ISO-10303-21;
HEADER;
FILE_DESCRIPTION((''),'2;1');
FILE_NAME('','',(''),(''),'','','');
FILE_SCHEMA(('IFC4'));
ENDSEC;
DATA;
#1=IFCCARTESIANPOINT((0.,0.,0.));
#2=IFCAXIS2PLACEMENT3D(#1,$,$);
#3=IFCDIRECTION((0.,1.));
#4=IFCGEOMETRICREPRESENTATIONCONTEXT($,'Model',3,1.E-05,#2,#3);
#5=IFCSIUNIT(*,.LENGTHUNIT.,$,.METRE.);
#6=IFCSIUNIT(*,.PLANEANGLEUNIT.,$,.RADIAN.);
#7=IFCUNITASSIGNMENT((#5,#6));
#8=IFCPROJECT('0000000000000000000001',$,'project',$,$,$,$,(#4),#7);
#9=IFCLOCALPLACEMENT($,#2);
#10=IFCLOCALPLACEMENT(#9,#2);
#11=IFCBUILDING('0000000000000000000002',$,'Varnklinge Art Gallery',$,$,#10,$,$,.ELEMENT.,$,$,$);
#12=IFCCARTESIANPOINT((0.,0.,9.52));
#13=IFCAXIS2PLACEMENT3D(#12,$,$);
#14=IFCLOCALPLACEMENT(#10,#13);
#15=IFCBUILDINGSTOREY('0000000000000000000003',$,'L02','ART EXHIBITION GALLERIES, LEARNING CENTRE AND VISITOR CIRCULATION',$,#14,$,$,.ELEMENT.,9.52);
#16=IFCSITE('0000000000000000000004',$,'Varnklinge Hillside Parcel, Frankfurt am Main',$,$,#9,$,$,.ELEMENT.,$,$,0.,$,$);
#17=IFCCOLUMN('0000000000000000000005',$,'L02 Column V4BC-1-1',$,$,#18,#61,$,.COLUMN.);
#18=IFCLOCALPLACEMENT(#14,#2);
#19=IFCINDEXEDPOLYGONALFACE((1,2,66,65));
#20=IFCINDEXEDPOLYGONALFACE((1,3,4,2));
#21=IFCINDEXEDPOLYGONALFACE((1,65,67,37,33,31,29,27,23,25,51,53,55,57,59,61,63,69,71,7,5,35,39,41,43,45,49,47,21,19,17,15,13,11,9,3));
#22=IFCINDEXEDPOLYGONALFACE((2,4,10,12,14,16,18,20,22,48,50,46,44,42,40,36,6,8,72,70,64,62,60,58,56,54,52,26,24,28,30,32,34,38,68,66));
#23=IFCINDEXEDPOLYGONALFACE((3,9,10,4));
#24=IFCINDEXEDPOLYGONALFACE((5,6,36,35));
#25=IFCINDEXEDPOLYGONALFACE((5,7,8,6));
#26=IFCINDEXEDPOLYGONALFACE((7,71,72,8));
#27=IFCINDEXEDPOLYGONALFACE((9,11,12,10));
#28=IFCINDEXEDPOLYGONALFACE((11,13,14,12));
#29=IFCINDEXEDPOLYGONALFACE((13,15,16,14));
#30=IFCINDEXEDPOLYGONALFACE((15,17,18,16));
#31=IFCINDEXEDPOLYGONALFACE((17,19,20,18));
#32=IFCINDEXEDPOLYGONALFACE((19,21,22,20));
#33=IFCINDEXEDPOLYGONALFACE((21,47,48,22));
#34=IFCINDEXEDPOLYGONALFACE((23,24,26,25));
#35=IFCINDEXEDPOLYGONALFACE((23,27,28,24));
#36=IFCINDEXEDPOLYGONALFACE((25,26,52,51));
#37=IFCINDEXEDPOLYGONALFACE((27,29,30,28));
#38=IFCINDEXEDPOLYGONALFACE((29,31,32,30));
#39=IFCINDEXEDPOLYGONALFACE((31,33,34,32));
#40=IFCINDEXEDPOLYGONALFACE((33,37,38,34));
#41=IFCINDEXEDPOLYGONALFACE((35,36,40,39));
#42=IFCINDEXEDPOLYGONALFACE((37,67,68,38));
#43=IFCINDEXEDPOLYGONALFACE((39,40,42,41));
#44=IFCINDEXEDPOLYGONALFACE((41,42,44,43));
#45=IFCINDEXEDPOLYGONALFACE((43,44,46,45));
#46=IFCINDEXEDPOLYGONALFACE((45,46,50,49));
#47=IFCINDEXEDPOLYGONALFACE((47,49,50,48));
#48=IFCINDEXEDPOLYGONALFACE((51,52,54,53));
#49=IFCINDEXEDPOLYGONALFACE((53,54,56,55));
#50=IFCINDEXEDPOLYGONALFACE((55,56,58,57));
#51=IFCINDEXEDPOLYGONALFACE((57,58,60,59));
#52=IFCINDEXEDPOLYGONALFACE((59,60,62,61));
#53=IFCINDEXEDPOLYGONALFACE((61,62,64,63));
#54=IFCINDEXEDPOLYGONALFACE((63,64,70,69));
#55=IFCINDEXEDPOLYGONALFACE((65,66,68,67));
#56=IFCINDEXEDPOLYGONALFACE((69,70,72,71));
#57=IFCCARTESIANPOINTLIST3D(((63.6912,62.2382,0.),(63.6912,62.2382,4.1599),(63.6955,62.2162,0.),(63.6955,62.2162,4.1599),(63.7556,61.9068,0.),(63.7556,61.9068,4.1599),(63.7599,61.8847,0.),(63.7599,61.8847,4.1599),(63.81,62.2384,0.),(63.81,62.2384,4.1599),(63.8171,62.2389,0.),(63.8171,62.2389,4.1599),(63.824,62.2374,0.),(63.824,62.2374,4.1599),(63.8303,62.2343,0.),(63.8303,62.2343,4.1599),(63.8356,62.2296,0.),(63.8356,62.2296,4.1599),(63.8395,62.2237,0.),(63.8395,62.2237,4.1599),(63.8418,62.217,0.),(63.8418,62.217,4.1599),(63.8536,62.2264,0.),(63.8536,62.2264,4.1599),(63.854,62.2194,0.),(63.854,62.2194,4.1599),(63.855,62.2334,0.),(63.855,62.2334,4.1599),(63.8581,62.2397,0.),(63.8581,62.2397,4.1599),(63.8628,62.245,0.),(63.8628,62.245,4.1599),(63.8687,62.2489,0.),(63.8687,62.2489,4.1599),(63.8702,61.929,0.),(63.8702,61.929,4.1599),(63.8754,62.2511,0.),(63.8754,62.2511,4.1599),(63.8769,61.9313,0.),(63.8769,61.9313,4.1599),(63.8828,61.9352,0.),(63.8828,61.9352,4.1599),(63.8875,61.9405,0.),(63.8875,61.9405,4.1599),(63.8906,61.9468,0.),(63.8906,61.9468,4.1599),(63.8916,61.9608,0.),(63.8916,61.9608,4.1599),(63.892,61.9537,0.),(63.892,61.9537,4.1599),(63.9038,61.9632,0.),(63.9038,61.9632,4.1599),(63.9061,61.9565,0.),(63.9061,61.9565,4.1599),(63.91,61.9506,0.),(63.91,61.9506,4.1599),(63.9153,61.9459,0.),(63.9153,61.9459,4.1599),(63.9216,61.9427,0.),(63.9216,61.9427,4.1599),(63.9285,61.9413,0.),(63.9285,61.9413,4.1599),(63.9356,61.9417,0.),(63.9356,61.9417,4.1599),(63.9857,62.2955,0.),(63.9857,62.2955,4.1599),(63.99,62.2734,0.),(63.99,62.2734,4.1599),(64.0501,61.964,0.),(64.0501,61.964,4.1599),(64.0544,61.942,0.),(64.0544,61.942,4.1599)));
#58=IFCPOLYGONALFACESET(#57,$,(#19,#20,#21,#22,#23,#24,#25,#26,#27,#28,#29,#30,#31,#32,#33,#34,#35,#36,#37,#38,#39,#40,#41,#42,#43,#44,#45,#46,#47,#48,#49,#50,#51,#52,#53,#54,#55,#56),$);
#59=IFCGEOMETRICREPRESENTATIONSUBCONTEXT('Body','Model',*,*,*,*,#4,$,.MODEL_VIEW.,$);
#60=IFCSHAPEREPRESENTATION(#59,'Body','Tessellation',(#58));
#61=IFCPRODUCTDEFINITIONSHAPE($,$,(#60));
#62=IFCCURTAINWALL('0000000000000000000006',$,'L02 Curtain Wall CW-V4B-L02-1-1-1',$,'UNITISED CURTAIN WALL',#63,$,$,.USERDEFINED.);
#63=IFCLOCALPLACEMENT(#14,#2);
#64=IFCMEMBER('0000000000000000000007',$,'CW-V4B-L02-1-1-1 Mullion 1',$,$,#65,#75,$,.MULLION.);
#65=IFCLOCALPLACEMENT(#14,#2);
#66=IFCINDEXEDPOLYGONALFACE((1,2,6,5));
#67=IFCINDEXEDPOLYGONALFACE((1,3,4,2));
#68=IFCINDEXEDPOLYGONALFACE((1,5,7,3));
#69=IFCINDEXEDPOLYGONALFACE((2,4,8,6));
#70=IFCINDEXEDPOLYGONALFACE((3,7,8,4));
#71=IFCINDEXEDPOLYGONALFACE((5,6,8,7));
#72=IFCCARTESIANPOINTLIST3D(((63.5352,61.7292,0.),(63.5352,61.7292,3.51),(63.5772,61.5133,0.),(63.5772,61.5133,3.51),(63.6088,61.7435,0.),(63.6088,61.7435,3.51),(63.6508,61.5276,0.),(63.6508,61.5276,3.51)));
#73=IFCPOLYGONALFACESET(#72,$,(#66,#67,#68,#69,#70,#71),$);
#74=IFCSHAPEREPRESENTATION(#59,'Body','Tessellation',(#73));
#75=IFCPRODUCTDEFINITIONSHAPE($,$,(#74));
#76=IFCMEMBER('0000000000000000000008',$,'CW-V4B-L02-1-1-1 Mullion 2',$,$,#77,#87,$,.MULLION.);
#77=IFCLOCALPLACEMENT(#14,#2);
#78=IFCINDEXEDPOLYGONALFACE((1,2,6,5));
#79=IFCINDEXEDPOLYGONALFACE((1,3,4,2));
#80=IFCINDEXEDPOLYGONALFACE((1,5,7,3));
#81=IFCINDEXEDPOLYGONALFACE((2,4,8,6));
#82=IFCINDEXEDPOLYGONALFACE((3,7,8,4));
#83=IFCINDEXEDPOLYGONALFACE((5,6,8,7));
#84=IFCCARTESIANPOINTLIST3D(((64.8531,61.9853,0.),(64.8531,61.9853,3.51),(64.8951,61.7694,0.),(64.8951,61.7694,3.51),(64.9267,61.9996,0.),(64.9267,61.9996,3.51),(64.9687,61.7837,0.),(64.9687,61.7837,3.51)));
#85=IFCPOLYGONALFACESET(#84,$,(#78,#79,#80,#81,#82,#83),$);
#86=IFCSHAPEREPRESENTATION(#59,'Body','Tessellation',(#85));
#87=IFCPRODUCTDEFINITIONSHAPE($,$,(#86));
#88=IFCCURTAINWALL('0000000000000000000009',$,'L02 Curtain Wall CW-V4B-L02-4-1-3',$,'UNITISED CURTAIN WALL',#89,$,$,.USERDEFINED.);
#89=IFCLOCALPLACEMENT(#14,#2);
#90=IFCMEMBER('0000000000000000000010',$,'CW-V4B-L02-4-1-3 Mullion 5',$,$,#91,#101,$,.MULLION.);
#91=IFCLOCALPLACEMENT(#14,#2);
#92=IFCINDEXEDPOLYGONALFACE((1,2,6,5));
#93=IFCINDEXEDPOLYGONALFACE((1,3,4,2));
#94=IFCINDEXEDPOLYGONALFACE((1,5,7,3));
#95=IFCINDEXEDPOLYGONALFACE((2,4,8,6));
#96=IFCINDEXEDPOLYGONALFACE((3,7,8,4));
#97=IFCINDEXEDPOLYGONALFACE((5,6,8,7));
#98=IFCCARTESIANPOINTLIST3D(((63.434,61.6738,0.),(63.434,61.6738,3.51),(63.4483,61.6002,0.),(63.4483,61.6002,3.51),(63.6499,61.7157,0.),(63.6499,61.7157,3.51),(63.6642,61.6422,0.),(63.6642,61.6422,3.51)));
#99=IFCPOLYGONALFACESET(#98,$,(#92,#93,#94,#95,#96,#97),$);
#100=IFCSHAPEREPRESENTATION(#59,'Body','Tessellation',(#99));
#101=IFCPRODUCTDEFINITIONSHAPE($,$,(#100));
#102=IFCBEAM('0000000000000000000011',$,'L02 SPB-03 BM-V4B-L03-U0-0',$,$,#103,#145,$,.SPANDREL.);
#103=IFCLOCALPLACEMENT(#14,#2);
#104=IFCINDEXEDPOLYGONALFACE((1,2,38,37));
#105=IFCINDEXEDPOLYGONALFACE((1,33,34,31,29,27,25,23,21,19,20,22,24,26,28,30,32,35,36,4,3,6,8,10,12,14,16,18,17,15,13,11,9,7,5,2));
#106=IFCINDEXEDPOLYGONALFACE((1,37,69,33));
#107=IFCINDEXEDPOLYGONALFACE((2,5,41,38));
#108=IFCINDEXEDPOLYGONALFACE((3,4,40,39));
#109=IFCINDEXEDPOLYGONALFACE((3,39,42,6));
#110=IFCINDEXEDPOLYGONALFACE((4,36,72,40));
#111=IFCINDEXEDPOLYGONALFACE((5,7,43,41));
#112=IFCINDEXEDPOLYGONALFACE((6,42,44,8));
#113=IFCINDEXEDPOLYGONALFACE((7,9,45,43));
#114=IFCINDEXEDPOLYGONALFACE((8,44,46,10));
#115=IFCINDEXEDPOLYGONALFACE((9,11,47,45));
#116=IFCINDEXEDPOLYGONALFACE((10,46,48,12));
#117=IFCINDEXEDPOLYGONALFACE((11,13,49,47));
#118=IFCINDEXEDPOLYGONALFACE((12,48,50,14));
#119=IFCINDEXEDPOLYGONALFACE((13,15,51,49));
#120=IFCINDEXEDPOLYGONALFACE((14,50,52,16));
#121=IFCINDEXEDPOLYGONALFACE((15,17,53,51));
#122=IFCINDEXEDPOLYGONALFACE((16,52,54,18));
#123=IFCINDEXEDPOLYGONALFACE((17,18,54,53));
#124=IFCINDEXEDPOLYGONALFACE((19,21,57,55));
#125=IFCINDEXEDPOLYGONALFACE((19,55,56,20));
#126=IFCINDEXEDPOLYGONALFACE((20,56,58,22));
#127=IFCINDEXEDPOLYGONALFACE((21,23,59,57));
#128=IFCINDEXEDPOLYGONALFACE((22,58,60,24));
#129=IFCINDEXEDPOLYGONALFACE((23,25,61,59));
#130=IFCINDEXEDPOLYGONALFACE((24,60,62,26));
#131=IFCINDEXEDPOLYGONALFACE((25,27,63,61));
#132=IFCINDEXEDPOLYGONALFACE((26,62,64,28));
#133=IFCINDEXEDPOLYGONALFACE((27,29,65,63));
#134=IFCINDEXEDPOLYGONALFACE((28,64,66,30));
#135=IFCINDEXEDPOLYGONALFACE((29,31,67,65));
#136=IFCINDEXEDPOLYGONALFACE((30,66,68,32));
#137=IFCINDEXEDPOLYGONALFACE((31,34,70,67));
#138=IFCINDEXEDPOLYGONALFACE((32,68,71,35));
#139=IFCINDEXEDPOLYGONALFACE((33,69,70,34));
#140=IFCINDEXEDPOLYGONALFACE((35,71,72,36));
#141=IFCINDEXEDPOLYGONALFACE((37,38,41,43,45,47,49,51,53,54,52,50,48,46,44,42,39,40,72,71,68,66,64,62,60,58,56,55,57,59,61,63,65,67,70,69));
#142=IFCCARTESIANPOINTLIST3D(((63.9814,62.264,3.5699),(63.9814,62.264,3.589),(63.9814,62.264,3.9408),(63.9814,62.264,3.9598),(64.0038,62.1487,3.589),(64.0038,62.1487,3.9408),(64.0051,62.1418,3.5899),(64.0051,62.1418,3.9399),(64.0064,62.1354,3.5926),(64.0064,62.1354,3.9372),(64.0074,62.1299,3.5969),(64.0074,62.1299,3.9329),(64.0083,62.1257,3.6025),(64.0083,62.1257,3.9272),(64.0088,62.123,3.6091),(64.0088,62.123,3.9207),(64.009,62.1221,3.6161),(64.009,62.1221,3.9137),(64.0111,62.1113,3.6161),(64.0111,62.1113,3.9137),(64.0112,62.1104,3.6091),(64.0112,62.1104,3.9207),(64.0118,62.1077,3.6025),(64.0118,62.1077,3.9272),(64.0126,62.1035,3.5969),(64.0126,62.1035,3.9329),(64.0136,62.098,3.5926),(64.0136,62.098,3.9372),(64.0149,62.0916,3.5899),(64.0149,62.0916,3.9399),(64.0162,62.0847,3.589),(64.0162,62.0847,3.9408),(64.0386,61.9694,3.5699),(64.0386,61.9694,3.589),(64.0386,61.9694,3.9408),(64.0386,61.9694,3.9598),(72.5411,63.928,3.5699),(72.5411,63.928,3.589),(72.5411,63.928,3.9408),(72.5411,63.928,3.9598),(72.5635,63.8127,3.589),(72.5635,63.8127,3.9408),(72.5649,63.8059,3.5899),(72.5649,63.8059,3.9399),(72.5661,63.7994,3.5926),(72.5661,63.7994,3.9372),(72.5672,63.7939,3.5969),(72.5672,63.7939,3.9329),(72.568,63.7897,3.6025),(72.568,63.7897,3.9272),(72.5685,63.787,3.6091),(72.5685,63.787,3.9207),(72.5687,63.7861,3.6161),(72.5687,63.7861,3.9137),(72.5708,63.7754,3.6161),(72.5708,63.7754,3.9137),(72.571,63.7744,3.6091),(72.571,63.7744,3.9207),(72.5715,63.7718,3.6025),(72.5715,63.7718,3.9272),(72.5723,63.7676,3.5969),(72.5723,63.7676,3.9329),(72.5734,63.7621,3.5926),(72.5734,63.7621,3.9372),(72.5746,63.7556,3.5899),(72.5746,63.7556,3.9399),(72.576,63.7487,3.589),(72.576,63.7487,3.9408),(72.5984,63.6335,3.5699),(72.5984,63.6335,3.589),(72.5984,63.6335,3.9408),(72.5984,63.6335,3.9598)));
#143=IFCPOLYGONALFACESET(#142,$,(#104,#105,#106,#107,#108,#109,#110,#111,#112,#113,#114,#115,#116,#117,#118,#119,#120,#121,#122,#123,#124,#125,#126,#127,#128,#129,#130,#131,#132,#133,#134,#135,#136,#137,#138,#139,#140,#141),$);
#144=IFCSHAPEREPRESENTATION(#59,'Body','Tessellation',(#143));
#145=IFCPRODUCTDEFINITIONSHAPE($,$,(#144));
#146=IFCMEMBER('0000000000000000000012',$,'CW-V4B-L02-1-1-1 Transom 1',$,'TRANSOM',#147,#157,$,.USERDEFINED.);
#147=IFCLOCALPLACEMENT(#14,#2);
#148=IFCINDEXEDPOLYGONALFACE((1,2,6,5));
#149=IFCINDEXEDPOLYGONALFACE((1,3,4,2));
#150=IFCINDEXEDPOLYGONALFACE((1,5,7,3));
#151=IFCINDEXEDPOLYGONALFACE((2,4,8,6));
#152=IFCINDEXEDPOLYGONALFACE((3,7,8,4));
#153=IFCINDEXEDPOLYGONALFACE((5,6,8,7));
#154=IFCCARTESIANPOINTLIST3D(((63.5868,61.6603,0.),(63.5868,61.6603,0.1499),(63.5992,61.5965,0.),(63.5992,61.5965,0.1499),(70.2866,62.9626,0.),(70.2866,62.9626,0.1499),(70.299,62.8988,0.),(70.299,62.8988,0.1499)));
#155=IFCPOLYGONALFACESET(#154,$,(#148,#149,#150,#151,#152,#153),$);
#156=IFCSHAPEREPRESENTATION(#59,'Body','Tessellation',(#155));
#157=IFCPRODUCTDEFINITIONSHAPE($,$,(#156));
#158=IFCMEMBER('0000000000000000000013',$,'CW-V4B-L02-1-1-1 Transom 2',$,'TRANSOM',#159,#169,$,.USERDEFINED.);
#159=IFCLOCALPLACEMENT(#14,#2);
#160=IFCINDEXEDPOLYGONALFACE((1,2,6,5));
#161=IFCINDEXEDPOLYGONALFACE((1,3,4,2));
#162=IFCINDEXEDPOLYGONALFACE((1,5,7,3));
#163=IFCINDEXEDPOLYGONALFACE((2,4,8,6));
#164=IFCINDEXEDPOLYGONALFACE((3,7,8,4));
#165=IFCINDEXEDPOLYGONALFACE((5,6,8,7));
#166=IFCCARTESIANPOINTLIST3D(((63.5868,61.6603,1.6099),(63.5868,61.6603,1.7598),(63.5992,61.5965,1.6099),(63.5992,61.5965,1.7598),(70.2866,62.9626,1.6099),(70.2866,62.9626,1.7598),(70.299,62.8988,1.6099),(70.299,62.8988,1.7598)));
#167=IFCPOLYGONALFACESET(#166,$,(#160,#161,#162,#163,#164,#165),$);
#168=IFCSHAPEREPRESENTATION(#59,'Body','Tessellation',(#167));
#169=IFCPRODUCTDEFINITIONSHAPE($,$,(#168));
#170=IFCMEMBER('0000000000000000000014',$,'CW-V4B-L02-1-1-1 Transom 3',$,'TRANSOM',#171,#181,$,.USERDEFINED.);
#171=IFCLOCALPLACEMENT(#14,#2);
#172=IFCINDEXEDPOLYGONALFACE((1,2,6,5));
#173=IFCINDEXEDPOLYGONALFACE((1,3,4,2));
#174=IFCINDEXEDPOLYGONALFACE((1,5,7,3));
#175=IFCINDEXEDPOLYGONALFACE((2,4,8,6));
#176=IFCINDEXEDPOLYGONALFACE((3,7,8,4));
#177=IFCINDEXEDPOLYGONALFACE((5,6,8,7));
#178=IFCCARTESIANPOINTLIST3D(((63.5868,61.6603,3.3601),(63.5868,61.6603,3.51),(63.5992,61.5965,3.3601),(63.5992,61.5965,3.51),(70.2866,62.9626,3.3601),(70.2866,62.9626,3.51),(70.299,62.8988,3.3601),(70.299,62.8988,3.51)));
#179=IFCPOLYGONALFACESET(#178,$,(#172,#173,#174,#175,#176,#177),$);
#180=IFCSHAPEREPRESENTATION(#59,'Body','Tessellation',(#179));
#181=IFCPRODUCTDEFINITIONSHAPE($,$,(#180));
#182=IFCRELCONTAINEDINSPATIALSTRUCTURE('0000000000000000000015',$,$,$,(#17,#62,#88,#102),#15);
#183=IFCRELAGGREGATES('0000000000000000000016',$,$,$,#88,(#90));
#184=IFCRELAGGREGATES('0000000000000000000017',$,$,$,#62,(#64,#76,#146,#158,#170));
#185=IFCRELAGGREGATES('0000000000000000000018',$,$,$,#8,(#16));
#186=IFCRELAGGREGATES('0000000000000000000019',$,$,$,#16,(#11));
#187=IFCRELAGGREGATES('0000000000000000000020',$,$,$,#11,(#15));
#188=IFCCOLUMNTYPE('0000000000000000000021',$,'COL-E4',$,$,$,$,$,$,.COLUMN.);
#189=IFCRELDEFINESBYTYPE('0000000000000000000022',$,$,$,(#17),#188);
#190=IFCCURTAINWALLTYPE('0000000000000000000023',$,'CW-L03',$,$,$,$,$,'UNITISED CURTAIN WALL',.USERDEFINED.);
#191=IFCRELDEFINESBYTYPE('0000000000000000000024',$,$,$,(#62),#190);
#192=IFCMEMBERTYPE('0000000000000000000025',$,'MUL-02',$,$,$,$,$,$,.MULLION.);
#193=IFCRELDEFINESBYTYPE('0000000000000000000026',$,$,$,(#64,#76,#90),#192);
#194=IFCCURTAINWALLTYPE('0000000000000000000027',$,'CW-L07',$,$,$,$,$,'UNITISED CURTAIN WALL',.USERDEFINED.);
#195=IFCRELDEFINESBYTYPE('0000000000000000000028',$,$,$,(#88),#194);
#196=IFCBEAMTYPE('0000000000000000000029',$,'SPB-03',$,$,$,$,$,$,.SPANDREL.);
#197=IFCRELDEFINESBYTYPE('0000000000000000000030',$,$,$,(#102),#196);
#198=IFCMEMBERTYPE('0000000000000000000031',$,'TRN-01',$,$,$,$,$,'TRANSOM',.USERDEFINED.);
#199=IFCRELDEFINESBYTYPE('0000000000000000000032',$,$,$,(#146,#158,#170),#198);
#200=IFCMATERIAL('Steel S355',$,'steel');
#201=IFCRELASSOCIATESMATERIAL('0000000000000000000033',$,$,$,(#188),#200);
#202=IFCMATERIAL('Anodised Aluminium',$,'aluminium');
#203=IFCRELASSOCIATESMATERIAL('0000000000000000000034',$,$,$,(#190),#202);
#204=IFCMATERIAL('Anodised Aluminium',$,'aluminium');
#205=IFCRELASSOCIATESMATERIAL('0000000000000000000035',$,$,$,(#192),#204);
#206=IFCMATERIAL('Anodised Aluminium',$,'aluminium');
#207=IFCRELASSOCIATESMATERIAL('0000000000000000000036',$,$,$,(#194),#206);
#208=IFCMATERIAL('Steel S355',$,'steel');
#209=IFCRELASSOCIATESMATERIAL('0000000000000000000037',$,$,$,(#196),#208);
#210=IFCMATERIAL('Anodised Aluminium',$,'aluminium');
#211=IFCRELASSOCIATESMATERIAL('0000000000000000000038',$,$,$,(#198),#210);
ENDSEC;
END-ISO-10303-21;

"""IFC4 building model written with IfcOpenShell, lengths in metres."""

from ifc_helpers import new_model, si_unit, direction, frame, origin, origin_2d, place, context, subcontext, project, spatial, rectangle, i_section, extrude, material, material_profile, profile_set, type_object, element, aggregate, save


model = new_model("IFC4")

# Units and contexts
model_context = context("Model", 3, precision=1e-05, world=origin(), true_north=direction((0.0, 1.0)))
body_context = subcontext(model_context, "Body", "Model", "MODEL_VIEW")
ifc_project = project(units=[si_unit("LENGTHUNIT", "METRE"), si_unit("PLANEANGLEUNIT", "RADIAN")], contexts=[model_context])

# Site, building, storey
site_placement = place(None, origin())
site = spatial("IfcSite", under=ifc_project, at=site_placement, Name="Varnklinge Hillside Parcel, Frankfurt am Main", CompositionType="ELEMENT", RefElevation=0.0)
building_placement = place(site_placement, origin())
building = spatial("IfcBuilding", under=site, at=building_placement, Name="Varnklinge Art Gallery", CompositionType="ELEMENT")
storey_placement = place(building_placement, frame((0.0, 0.0, 9.52)))
storey = spatial("IfcBuildingStorey", under=building, at=storey_placement, Name="L02", Description="ART EXHIBITION GALLERIES, LEARNING CENTRE AND VISITOR CIRCULATION", CompositionType="ELEMENT", Elevation=9.52)

# Column
ifc_material_1 = material(Name="Steel S355", Category="steel")
ifc_material_profile_1 = material_profile(ifc_material_1, i_section(OverallWidth=0.3, OverallDepth=0.3601, WebThickness=0.0125, FlangeThickness=0.0225, FilletRadius=0.0271, at=origin_2d()), Name="HEB 360")
ifc_profile_set_1 = profile_set([ifc_material_profile_1], Name="Steel S355")
column_type = type_object("IfcColumnType", Name="COL-E4", PredefinedType="COLUMN", material=ifc_profile_set_1)
column_placement = place(storey_placement, frame((63.8728, 62.0901, 0.0), z_axis=(0.0, 0.0, 1.0), x_axis=(0.981627, 0.190809, 0.0)))
element("IfcColumn", 1, at=column_placement, inside=storey, type_object=column_type, Name="L02 Column V4BC-1-1", PredefinedType="COLUMN", context=body_context, shape_type="SweptSolid", body=[
    extrude(i_section(OverallWidth=0.3, OverallDepth=0.3601, WebThickness=0.0125, FlangeThickness=0.0225, FilletRadius=0.0271, at=origin_2d()), origin(), (0.0, 0.0, 1.0), 4.1599),
])

# Curtain wall, members
ifc_material_2 = material(Name="Anodised Aluminium", Category="aluminium")
curtain_wall_type_1 = type_object("IfcCurtainWallType", Name="CW-L03", ElementType="UNITISED CURTAIN WALL", PredefinedType="USERDEFINED", material=ifc_material_2)
curtain_wall_1_placement = place(storey_placement, origin())
curtain_wall_1 = element("IfcCurtainWall", 2, at=curtain_wall_1_placement, inside=storey, type_object=curtain_wall_type_1, Name="L02 Curtain Wall CW-V4B-L02-1-1-1", ObjectType="UNITISED CURTAIN WALL", PredefinedType="USERDEFINED")
ifc_material_3 = material(Name="Anodised Aluminium", Category="aluminium")
ifc_material_profile_2 = material_profile(ifc_material_3, rectangle(XDim=0.075, YDim=0.22, at=origin_2d()), Name="ALU 75x220")
ifc_profile_set_2 = profile_set([ifc_material_profile_2], Name="Anodised Aluminium")
member_type_1 = type_object("IfcMemberType", Name="MUL-02", PredefinedType="MULLION", material=ifc_profile_set_2)
member_1_placement = place(storey_placement, frame((63.593, 61.6284, 0.0), z_axis=(0.0, 0.0, 1.0), x_axis=(0.981627, 0.190809, 0.0)))
member_1 = element("IfcMember", 3, at=member_1_placement, type_object=member_type_1, Name="CW-V4B-L02-1-1-1 Mullion 1", PredefinedType="MULLION", context=body_context, shape_type="SweptSolid", body=[
    extrude(rectangle(XDim=0.075, YDim=0.22, at=origin_2d()), origin(), (0.0, 0.0, 1.0), 3.51),
])
member_2_placement = place(storey_placement, frame((64.9109, 61.8845, 0.0), z_axis=(0.0, 0.0, 1.0), x_axis=(0.981627, 0.190809, 0.0)))
member_2 = element("IfcMember", 4, at=member_2_placement, type_object=member_type_1, Name="CW-V4B-L02-1-1-1 Mullion 2", PredefinedType="MULLION", context=body_context, shape_type="SweptSolid", body=[
    extrude(rectangle(XDim=0.075, YDim=0.22, at=origin_2d()), origin(), (0.0, 0.0, 1.0), 3.51),
])

# Curtain wall, member
ifc_material_4 = material(Name="Anodised Aluminium", Category="aluminium")
curtain_wall_type_2 = type_object("IfcCurtainWallType", Name="CW-L07", ElementType="UNITISED CURTAIN WALL", PredefinedType="USERDEFINED", material=ifc_material_4)
curtain_wall_2_placement = place(storey_placement, origin())
curtain_wall_2 = element("IfcCurtainWall", 5, at=curtain_wall_2_placement, inside=storey, type_object=curtain_wall_type_2, Name="L02 Curtain Wall CW-V4B-L02-4-1-3", ObjectType="UNITISED CURTAIN WALL", PredefinedType="USERDEFINED")
member_3_placement = place(storey_placement, frame((63.5491, 61.658, 0.0), z_axis=(0.0, 0.0, 1.0), x_axis=(0.190809, -0.981627, 0.0)))
member_3 = element("IfcMember", 6, at=member_3_placement, type_object=member_type_1, Name="CW-V4B-L02-4-1-3 Mullion 5", PredefinedType="MULLION", context=body_context, shape_type="SweptSolid", body=[
    extrude(rectangle(XDim=0.075, YDim=0.22, at=origin_2d()), origin(), (0.0, 0.0, 1.0), 3.51),
])
aggregate(curtain_wall_2, [member_3])

# Beam
ifc_material_5 = material(Name="Steel S355", Category="steel")
ifc_material_profile_3 = material_profile(ifc_material_5, i_section(OverallWidth=0.3, OverallDepth=0.3899, WebThickness=0.011, FlangeThickness=0.019, FilletRadius=0.0271, at=origin_2d()), Name="HEA 400")
ifc_profile_set_3 = profile_set([ifc_material_profile_3], Name="Steel S355")
beam_type = type_object("IfcBeamType", Name="SPB-03", PredefinedType="SPANDREL", material=ifc_profile_set_3)
beam_placement = place(storey_placement, frame((64.01, 62.1167, 3.7649), z_axis=(0.981623, 0.190831, 0.0), x_axis=(-0.190831, 0.981623, 0.0)))
element("IfcBeam", 7, at=beam_placement, inside=storey, type_object=beam_type, Name="L02 SPB-03 BM-V4B-L03-U0-0", PredefinedType="SPANDREL", context=body_context, shape_type="SweptSolid", body=[
    extrude(i_section(OverallWidth=0.3, OverallDepth=0.3899, WebThickness=0.011, FlangeThickness=0.019, FilletRadius=0.0271, at=origin_2d()), origin(), (0.0, 0.0, 1.0), 8.72),
])

# Members
ifc_material_6 = material(Name="Anodised Aluminium", Category="aluminium")
ifc_material_profile_4 = material_profile(ifc_material_6, rectangle(XDim=0.0649, YDim=0.1499, at=origin_2d()), Name="ALU 65x150")
ifc_profile_set_4 = profile_set([ifc_material_profile_4], Name="Anodised Aluminium")
member_type_2 = type_object("IfcMemberType", Name="TRN-01", ElementType="TRANSOM", PredefinedType="USERDEFINED", material=ifc_profile_set_4)
member_4_placement = place(storey_placement, frame((63.593, 61.6284, 0.075), z_axis=(0.981628, 0.190803, 0.0), x_axis=(-0.190803, 0.981628, 0.0)))
member_4 = element("IfcMember", 8, at=member_4_placement, type_object=member_type_2, Name="CW-V4B-L02-1-1-1 Transom 1", ObjectType="TRANSOM", PredefinedType="USERDEFINED", context=body_context, shape_type="SweptSolid", body=[
    extrude(rectangle(XDim=0.0649, YDim=0.1499, at=origin_2d()), origin(), (0.0, 0.0, 1.0), 6.8252),
])
member_5_placement = place(storey_placement, frame((63.593, 61.6284, 1.6848), z_axis=(0.981628, 0.190803, 0.0), x_axis=(-0.190803, 0.981628, 0.0)))
member_5 = element("IfcMember", 9, at=member_5_placement, type_object=member_type_2, Name="CW-V4B-L02-1-1-1 Transom 2", ObjectType="TRANSOM", PredefinedType="USERDEFINED", context=body_context, shape_type="SweptSolid", body=[
    extrude(rectangle(XDim=0.0649, YDim=0.1499, at=origin_2d()), origin(), (0.0, 0.0, 1.0), 6.8252),
])
member_6_placement = place(storey_placement, frame((63.593, 61.6284, 3.4351), z_axis=(0.981628, 0.190803, 0.0), x_axis=(-0.190803, 0.981628, 0.0)))
member_6 = element("IfcMember", 10, at=member_6_placement, type_object=member_type_2, Name="CW-V4B-L02-1-1-1 Transom 3", ObjectType="TRANSOM", PredefinedType="USERDEFINED", context=body_context, shape_type="SweptSolid", body=[
    extrude(rectangle(XDim=0.0649, YDim=0.1499, at=origin_2d()), origin(), (0.0, 0.0, 1.0), 6.8252),
])

aggregate(curtain_wall_1, [member_1, member_2, member_4, member_5, member_6])

save(model, "model.ifc")
